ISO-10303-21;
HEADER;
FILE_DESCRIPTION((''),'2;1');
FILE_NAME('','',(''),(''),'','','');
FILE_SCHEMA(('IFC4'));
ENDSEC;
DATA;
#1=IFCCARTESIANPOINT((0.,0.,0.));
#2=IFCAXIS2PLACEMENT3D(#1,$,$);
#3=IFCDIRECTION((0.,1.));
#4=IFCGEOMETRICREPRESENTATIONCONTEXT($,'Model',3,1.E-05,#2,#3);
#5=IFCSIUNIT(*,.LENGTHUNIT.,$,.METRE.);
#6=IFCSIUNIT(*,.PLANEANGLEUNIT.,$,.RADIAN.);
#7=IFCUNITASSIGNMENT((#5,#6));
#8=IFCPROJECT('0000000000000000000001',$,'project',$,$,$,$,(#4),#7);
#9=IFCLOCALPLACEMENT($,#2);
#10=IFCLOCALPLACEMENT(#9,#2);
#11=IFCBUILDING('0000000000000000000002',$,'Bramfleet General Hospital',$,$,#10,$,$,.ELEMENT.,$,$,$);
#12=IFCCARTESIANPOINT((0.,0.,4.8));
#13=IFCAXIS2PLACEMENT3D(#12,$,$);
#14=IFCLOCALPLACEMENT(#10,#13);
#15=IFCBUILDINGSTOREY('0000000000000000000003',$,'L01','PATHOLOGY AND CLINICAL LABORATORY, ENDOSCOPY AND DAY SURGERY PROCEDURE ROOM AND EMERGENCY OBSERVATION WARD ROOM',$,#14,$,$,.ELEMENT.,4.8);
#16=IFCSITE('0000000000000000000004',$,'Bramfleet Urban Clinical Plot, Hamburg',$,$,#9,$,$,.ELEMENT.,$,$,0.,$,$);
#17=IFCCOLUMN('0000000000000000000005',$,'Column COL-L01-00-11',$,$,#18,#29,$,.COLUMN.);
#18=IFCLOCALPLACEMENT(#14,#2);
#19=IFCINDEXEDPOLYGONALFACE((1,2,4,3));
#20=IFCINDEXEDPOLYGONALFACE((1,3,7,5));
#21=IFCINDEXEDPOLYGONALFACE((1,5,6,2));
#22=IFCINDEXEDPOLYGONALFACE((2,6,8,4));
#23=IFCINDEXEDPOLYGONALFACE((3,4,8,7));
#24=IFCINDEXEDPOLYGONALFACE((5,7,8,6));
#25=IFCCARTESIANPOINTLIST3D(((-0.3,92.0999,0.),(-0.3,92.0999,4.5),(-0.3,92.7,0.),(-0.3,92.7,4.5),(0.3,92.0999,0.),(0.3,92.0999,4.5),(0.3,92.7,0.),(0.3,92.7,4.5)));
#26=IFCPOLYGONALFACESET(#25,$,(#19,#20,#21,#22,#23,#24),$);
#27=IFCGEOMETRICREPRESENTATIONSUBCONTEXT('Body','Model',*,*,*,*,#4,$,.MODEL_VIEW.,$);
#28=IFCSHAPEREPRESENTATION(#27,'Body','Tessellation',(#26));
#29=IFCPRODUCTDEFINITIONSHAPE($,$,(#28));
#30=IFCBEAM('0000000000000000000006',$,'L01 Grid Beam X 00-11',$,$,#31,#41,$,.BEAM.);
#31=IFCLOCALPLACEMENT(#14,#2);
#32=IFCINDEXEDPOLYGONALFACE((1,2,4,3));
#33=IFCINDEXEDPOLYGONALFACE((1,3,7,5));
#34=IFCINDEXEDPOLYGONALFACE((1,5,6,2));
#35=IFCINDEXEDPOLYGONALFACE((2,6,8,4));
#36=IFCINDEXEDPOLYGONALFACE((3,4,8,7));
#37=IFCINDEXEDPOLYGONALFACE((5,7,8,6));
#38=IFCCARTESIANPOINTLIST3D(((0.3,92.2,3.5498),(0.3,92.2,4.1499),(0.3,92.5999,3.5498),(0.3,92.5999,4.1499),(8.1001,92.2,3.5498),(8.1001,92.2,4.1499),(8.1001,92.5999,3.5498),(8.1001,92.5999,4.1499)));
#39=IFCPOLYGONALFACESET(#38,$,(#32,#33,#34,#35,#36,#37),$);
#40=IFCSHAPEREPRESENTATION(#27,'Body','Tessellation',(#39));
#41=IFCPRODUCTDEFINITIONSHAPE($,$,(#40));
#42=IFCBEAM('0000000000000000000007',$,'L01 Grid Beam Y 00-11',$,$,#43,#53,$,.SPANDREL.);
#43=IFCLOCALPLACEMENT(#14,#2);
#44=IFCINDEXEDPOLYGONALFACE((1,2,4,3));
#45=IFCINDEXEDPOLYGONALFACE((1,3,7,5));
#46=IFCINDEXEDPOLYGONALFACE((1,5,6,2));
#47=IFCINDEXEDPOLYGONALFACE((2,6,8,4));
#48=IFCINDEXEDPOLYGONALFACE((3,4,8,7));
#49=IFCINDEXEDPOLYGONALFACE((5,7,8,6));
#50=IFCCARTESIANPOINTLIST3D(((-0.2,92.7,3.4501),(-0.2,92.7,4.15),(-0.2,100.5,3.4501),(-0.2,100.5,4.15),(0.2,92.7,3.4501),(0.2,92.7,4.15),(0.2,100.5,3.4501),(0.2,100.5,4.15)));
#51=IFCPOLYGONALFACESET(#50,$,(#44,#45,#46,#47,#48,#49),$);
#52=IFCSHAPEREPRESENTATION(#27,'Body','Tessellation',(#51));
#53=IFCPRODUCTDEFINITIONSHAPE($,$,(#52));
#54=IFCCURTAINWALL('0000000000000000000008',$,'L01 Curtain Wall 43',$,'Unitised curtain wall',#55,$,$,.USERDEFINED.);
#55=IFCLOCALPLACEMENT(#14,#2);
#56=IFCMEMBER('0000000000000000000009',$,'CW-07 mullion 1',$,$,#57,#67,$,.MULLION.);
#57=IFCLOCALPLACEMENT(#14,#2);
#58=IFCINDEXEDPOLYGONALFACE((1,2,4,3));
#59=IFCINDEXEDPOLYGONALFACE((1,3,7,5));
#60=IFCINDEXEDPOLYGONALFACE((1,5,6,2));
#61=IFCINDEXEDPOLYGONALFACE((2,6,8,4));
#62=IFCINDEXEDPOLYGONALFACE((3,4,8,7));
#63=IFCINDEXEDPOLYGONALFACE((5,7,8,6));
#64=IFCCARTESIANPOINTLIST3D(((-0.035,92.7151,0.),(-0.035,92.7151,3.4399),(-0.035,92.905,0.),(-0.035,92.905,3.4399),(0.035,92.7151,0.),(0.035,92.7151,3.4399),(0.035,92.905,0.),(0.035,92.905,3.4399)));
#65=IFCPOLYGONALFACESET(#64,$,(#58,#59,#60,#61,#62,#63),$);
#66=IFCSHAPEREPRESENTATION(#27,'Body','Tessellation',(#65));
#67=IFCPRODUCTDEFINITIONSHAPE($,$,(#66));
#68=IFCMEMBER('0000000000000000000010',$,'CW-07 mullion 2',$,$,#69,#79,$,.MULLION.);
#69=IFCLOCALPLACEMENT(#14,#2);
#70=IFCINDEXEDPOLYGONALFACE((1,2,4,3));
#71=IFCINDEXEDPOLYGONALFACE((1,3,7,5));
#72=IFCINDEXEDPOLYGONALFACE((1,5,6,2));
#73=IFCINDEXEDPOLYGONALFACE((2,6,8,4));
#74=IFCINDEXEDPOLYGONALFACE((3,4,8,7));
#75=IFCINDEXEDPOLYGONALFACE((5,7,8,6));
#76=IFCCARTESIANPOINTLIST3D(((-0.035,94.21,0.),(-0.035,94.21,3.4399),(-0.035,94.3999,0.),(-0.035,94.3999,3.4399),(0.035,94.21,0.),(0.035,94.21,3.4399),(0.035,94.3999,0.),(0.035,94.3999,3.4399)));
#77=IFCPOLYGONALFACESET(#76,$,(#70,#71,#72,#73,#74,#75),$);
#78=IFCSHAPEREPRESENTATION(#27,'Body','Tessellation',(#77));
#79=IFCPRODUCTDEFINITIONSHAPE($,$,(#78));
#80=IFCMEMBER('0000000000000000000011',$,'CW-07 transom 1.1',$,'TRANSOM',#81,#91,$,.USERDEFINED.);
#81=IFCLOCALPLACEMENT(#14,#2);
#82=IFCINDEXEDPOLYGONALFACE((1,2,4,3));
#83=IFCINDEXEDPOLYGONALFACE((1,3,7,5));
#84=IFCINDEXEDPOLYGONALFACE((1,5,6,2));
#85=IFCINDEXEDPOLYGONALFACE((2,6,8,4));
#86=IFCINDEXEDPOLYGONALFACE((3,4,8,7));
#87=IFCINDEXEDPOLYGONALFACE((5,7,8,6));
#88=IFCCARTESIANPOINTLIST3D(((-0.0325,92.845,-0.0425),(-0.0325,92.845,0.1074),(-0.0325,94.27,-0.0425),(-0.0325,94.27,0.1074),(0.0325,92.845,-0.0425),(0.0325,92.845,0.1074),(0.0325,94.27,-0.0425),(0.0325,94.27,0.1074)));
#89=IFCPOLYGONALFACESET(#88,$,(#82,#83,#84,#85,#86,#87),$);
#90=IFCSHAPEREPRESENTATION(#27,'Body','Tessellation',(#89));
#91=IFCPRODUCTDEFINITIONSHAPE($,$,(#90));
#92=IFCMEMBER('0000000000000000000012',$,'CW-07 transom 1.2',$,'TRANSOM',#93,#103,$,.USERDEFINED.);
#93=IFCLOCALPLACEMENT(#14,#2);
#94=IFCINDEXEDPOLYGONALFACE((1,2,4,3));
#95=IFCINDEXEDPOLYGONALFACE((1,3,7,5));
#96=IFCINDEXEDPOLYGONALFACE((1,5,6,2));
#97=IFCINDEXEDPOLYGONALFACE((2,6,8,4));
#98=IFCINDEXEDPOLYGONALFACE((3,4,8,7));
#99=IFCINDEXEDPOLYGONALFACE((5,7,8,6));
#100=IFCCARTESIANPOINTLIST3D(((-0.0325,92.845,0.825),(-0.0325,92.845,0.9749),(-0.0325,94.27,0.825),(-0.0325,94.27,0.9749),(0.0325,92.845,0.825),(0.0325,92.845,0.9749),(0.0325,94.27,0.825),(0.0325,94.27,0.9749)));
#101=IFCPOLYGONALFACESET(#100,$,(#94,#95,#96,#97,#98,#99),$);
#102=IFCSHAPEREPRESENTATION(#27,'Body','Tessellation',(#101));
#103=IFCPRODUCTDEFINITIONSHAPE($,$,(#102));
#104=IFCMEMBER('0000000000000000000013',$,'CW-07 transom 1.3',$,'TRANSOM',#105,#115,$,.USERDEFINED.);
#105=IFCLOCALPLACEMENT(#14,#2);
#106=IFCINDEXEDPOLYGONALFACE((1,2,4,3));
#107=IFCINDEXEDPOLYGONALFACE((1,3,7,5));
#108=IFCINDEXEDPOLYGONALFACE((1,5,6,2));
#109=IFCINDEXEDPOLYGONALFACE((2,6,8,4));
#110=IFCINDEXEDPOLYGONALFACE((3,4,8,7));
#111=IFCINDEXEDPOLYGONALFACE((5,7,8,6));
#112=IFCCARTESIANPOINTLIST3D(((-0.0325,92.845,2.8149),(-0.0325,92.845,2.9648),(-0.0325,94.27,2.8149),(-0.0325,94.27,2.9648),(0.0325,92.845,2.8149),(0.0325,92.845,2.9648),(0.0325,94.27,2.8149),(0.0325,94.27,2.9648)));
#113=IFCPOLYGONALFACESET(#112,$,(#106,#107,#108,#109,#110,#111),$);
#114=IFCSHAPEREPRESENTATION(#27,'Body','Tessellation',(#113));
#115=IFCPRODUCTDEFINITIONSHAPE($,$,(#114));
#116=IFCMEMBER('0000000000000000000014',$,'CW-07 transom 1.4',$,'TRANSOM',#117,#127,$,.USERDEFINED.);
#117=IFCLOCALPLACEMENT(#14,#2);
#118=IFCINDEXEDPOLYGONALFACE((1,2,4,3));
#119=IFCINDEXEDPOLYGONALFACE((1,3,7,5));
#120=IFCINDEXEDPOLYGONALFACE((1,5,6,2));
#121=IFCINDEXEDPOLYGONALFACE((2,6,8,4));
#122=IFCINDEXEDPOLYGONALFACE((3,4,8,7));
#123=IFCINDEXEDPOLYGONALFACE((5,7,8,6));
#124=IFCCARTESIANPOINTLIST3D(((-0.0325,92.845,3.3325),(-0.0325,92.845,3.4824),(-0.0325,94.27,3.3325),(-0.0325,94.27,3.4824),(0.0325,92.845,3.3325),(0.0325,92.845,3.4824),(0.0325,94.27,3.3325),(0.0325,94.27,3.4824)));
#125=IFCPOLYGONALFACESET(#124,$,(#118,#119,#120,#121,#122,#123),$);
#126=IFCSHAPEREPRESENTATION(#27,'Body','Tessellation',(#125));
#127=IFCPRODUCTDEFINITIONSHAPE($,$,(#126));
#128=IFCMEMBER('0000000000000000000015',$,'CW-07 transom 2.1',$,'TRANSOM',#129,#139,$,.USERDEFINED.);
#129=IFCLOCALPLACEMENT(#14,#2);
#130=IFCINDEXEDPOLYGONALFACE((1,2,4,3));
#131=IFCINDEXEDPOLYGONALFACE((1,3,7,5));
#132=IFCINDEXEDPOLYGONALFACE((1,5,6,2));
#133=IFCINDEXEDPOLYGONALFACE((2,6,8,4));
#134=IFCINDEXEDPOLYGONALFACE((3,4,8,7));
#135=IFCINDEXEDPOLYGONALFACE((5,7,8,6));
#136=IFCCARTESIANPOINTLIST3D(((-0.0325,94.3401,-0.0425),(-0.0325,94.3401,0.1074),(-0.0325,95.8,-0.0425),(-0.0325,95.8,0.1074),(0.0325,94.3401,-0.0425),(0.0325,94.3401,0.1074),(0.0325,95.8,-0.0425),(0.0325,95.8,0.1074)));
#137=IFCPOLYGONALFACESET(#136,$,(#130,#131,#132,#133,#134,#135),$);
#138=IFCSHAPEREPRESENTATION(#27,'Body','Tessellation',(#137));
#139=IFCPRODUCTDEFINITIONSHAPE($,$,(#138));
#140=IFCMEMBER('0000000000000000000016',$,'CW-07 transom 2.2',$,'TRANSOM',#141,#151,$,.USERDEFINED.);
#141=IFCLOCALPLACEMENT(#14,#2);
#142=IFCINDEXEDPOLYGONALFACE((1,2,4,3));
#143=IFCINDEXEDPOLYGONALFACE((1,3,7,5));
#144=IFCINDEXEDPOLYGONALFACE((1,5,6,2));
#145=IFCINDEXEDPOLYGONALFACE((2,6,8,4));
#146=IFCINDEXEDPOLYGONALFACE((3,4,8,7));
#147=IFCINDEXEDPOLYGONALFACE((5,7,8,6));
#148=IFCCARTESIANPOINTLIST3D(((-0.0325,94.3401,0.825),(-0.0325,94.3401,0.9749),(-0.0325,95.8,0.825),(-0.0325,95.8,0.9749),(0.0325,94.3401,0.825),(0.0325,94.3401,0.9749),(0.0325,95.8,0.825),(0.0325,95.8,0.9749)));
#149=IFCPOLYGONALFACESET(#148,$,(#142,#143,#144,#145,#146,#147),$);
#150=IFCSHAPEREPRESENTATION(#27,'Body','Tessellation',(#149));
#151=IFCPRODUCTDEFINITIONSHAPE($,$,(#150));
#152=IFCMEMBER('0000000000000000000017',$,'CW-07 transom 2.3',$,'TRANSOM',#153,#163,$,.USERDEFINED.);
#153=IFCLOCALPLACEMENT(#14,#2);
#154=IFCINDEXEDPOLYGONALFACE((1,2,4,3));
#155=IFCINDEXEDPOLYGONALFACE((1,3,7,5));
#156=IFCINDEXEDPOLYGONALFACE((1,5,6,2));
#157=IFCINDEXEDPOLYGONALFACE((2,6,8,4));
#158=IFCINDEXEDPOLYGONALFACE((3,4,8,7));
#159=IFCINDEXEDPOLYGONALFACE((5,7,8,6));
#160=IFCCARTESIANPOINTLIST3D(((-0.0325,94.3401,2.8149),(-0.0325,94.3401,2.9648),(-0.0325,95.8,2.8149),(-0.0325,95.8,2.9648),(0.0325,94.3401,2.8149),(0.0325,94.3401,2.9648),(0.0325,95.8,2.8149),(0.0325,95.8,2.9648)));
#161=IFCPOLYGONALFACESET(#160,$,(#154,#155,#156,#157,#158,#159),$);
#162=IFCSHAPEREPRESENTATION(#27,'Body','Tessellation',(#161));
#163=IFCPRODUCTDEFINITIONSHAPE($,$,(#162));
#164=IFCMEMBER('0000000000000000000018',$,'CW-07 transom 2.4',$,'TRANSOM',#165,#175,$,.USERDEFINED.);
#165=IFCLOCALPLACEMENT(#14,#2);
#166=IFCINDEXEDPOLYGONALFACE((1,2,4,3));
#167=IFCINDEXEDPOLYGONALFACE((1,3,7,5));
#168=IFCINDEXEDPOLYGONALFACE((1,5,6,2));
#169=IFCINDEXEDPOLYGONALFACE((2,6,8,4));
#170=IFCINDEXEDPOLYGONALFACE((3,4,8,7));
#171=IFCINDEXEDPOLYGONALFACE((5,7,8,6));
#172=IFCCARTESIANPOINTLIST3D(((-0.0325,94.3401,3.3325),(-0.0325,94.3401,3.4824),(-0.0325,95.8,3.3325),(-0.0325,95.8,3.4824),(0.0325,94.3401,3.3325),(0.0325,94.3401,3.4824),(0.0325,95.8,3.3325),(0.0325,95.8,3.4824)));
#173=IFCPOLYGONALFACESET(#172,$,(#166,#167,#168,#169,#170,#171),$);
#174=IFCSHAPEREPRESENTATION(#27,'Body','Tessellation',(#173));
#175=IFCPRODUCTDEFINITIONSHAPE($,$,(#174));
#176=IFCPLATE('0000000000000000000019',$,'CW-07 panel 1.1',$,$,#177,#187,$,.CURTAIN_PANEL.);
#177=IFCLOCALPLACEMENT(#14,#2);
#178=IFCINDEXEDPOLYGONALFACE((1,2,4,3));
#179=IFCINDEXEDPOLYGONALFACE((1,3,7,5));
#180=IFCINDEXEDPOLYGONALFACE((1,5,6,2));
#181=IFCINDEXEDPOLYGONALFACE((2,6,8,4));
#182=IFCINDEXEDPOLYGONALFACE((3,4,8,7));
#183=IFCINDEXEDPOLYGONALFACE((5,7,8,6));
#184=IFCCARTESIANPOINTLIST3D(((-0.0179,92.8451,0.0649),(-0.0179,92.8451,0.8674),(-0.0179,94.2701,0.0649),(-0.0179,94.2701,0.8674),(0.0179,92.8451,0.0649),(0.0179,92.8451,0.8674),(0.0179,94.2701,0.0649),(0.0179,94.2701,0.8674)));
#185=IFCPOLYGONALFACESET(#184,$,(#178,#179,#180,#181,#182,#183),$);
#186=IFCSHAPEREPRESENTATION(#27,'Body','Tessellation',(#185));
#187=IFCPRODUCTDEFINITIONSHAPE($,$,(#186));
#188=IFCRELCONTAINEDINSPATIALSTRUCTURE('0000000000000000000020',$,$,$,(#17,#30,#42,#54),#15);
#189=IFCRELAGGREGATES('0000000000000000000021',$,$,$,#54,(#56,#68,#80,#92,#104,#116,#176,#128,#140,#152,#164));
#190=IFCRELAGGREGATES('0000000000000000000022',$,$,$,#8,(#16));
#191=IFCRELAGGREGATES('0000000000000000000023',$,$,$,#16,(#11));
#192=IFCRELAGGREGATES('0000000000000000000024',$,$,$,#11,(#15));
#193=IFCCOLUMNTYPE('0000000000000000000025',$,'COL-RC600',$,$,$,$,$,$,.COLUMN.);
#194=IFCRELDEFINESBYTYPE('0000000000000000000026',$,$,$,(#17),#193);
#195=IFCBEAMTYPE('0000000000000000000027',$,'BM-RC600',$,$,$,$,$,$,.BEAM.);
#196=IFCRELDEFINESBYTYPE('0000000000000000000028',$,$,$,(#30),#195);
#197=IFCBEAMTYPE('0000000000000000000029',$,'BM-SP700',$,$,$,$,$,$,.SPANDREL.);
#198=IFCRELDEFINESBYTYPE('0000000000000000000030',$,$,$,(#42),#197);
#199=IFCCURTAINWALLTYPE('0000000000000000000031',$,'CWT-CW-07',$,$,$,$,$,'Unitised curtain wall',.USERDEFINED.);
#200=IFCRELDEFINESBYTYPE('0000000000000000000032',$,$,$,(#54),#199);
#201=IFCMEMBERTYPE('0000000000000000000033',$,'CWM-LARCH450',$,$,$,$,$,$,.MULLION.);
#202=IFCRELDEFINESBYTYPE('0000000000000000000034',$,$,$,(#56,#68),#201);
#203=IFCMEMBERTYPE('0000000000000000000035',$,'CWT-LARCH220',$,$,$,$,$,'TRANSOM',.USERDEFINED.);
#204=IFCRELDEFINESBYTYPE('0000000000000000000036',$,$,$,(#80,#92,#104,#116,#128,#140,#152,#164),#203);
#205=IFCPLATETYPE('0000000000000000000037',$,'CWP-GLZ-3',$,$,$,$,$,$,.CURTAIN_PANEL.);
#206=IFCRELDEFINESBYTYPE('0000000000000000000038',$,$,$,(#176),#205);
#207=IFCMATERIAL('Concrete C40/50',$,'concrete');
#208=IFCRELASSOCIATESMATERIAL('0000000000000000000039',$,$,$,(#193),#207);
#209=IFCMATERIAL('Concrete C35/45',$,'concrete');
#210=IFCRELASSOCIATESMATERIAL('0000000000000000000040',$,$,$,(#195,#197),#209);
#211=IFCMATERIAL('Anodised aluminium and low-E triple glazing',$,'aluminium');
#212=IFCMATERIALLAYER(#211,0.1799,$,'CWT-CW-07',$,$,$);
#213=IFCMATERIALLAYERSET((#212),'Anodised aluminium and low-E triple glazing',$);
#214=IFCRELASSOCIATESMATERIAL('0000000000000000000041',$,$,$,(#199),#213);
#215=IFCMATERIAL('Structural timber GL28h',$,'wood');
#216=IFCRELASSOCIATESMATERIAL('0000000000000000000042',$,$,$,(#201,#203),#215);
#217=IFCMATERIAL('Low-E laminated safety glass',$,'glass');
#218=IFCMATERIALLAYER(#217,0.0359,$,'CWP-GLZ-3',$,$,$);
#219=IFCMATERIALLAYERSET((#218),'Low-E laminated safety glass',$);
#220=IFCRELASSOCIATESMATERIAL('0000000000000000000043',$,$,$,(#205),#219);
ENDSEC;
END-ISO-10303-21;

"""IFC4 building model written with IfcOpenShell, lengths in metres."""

from ifc_helpers import new_model, si_unit, direction, frame, origin, origin_2d, place, context, subcontext, project, spatial, rectangle, extrude, material, layer, layer_set, material_profile, profile_set, type_object, element, aggregate, save


model = new_model("IFC4")

# Units and contexts
model_context = context("Model", 3, precision=1e-05, world=origin(), true_north=direction((0.0, 1.0)))
body_context = subcontext(model_context, "Body", "Model", "MODEL_VIEW")
ifc_project = project(units=[si_unit("LENGTHUNIT", "METRE"), si_unit("PLANEANGLEUNIT", "RADIAN")], contexts=[model_context])

# Site, building, storey
site_placement = place(None, origin())
site = spatial("IfcSite", under=ifc_project, at=site_placement, Name="Bramfleet Urban Clinical Plot, Hamburg", CompositionType="ELEMENT", RefElevation=0.0)
building_placement = place(site_placement, origin())
building = spatial("IfcBuilding", under=site, at=building_placement, Name="Bramfleet General Hospital", CompositionType="ELEMENT")
storey_placement = place(building_placement, frame((0.0, 0.0, 4.8)))
storey = spatial("IfcBuildingStorey", under=building, at=storey_placement, Name="L01", Description="PATHOLOGY AND CLINICAL LABORATORY, ENDOSCOPY AND DAY SURGERY PROCEDURE ROOM AND EMERGENCY OBSERVATION WARD ROOM", CompositionType="ELEMENT", Elevation=4.8)

# Column
ifc_material_1 = material(Name="Concrete C40/50", Category="concrete")
ifc_material_profile_1 = material_profile(ifc_material_1, rectangle(XDim=0.6001, YDim=0.6001, at=origin_2d()), Name="RC COL 600x600")
ifc_profile_set_1 = profile_set([ifc_material_profile_1], Name="Concrete C40/50")
column_type = type_object("IfcColumnType", Name="COL-RC600", PredefinedType="COLUMN", material=ifc_profile_set_1)
column_placement = place(storey_placement, frame((0.0, 92.3999, 0.0), z_axis=(0.0, 0.0, 1.0), x_axis=(1.0, 0.0, 0.0)))
element("IfcColumn", 1, at=column_placement, inside=storey, type_object=column_type, Name="Column COL-L01-00-11", PredefinedType="COLUMN", context=body_context, shape_type="SweptSolid", body=[
    extrude(rectangle(XDim=0.6001, YDim=0.6001, at=origin_2d()), origin(), (0.0, 0.0, 1.0), 4.5),
])

# Beams
ifc_material_2 = material(Name="Concrete C35/45", Category="concrete")
ifc_material_profile_2 = material_profile(ifc_material_2, rectangle(XDim=0.3999, YDim=0.6001, at=origin_2d()), Name="RC BM 600x400")
ifc_profile_set_2 = profile_set([ifc_material_profile_2], Name="Concrete C35/45")
beam_type_1 = type_object("IfcBeamType", Name="BM-RC600", PredefinedType="BEAM", material=ifc_profile_set_2)
beam_1_placement = place(storey_placement, frame((0.3, 92.3999, 3.8499), z_axis=(1.0, 0.0, 0.0), x_axis=(0.0, 1.0, 0.0)))
element("IfcBeam", 2, at=beam_1_placement, inside=storey, type_object=beam_type_1, Name="L01 Grid Beam X 00-11", PredefinedType="BEAM", context=body_context, shape_type="SweptSolid", body=[
    extrude(rectangle(XDim=0.3999, YDim=0.6001, at=origin_2d()), origin(), (0.0, 0.0, 1.0), 7.8),
])
ifc_material_profile_3 = material_profile(ifc_material_2, rectangle(XDim=0.3999, YDim=0.7, at=origin_2d()), Name="RC SP 700x400")
ifc_profile_set_3 = profile_set([ifc_material_profile_3], Name="Concrete C35/45")
beam_type_2 = type_object("IfcBeamType", Name="BM-SP700", PredefinedType="SPANDREL", material=ifc_profile_set_3)
beam_2_placement = place(storey_placement, frame((0.0, 92.7, 3.8), z_axis=(0.0, 1.0, 0.0), x_axis=(-1.0, 0.0, 0.0)))
element("IfcBeam", 3, at=beam_2_placement, inside=storey, type_object=beam_type_2, Name="L01 Grid Beam Y 00-11", PredefinedType="SPANDREL", context=body_context, shape_type="SweptSolid", body=[
    extrude(rectangle(XDim=0.3999, YDim=0.7, at=origin_2d()), origin(), (0.0, 0.0, 1.0), 7.8),
])

# Curtain wall, members, plate
ifc_material_3 = material(Name="Anodised aluminium and low-E triple glazing", Category="aluminium")
ifc_layer_1 = layer(ifc_material_3, 0.1799, Name="CWT-CW-07")
ifc_layer_set_1 = layer_set([ifc_layer_1], Name="Anodised aluminium and low-E triple glazing")
curtain_wall_type = type_object("IfcCurtainWallType", Name="CWT-CW-07", ElementType="Unitised curtain wall", PredefinedType="USERDEFINED", material=ifc_layer_set_1)
curtain_wall_placement = place(storey_placement, origin())
curtain_wall = element("IfcCurtainWall", 4, at=curtain_wall_placement, inside=storey, type_object=curtain_wall_type, Name="L01 Curtain Wall 43", ObjectType="Unitised curtain wall", PredefinedType="USERDEFINED")
ifc_material_4 = material(Name="Structural timber GL28h", Category="wood")
ifc_material_profile_4 = material_profile(ifc_material_4, rectangle(XDim=0.0701, YDim=0.1899, at=origin_2d()), Name="LARCH 190x70")
ifc_profile_set_4 = profile_set([ifc_material_profile_4], Name="Structural timber GL28h")
member_type_1 = type_object("IfcMemberType", Name="CWM-LARCH450", PredefinedType="MULLION", material=ifc_profile_set_4)
member_1_placement = place(storey_placement, frame((0.0, 92.8101, 0.0), z_axis=(0.0, 0.0, 1.0), x_axis=(-1.0, 0.0, 0.0)))
member_1 = element("IfcMember", 5, at=member_1_placement, type_object=member_type_1, Name="CW-07 mullion 1", PredefinedType="MULLION", context=body_context, shape_type="SweptSolid", body=[
    extrude(rectangle(XDim=0.0701, YDim=0.1899, at=origin_2d()), origin(), (0.0, 0.0, 1.0), 3.4399),
])
member_2_placement = place(storey_placement, frame((0.0, 94.3049, 0.0), z_axis=(0.0, 0.0, 1.0), x_axis=(-1.0, 0.0, 0.0)))
member_2 = element("IfcMember", 6, at=member_2_placement, type_object=member_type_1, Name="CW-07 mullion 2", PredefinedType="MULLION", context=body_context, shape_type="SweptSolid", body=[
    extrude(rectangle(XDim=0.0701, YDim=0.1899, at=origin_2d()), origin(), (0.0, 0.0, 1.0), 3.4399),
])
ifc_material_profile_5 = material_profile(ifc_material_4, rectangle(XDim=0.0649, YDim=0.1499, at=origin_2d()), Name="LARCH 150x65")
ifc_profile_set_5 = profile_set([ifc_material_profile_5], Name="Structural timber GL28h")
member_type_2 = type_object("IfcMemberType", Name="CWT-LARCH220", ElementType="TRANSOM", PredefinedType="USERDEFINED", material=ifc_profile_set_5)
member_3_placement = place(storey_placement, frame((0.0, 92.845, 0.0325), z_axis=(0.0, 1.0, 0.0), x_axis=(-1.0, 0.0, 0.0)))
member_3 = element("IfcMember", 7, at=member_3_placement, type_object=member_type_2, Name="CW-07 transom 1.1", ObjectType="TRANSOM", PredefinedType="USERDEFINED", context=body_context, shape_type="SweptSolid", body=[
    extrude(rectangle(XDim=0.0649, YDim=0.1499, at=origin_2d()), origin(), (0.0, 0.0, 1.0), 1.425),
])
member_4_placement = place(storey_placement, frame((0.0, 92.845, 0.8999), z_axis=(0.0, 1.0, 0.0), x_axis=(-1.0, 0.0, 0.0)))
member_4 = element("IfcMember", 8, at=member_4_placement, type_object=member_type_2, Name="CW-07 transom 1.2", ObjectType="TRANSOM", PredefinedType="USERDEFINED", context=body_context, shape_type="SweptSolid", body=[
    extrude(rectangle(XDim=0.0649, YDim=0.1499, at=origin_2d()), origin(), (0.0, 0.0, 1.0), 1.425),
])
member_5_placement = place(storey_placement, frame((0.0, 92.845, 2.8899), z_axis=(0.0, 1.0, 0.0), x_axis=(-1.0, 0.0, 0.0)))
member_5 = element("IfcMember", 9, at=member_5_placement, type_object=member_type_2, Name="CW-07 transom 1.3", ObjectType="TRANSOM", PredefinedType="USERDEFINED", context=body_context, shape_type="SweptSolid", body=[
    extrude(rectangle(XDim=0.0649, YDim=0.1499, at=origin_2d()), origin(), (0.0, 0.0, 1.0), 1.425),
])
member_6_placement = place(storey_placement, frame((0.0, 92.845, 3.4075), z_axis=(0.0, 1.0, 0.0), x_axis=(-1.0, 0.0, 0.0)))
member_6 = element("IfcMember", 10, at=member_6_placement, type_object=member_type_2, Name="CW-07 transom 1.4", ObjectType="TRANSOM", PredefinedType="USERDEFINED", context=body_context, shape_type="SweptSolid", body=[
    extrude(rectangle(XDim=0.0649, YDim=0.1499, at=origin_2d()), origin(), (0.0, 0.0, 1.0), 1.425),
])
member_7_placement = place(storey_placement, frame((0.0, 94.3401, 0.0325), z_axis=(0.0, 1.0, 0.0), x_axis=(-1.0, 0.0, 0.0)))
member_7 = element("IfcMember", 11, at=member_7_placement, type_object=member_type_2, Name="CW-07 transom 2.1", ObjectType="TRANSOM", PredefinedType="USERDEFINED", context=body_context, shape_type="SweptSolid", body=[
    extrude(rectangle(XDim=0.0649, YDim=0.1499, at=origin_2d()), origin(), (0.0, 0.0, 1.0), 1.46),
])
member_8_placement = place(storey_placement, frame((0.0, 94.3401, 0.8999), z_axis=(0.0, 1.0, 0.0), x_axis=(-1.0, 0.0, 0.0)))
member_8 = element("IfcMember", 12, at=member_8_placement, type_object=member_type_2, Name="CW-07 transom 2.2", ObjectType="TRANSOM", PredefinedType="USERDEFINED", context=body_context, shape_type="SweptSolid", body=[
    extrude(rectangle(XDim=0.0649, YDim=0.1499, at=origin_2d()), origin(), (0.0, 0.0, 1.0), 1.46),
])
member_9_placement = place(storey_placement, frame((0.0, 94.3401, 2.8899), z_axis=(0.0, 1.0, 0.0), x_axis=(-1.0, 0.0, 0.0)))
member_9 = element("IfcMember", 13, at=member_9_placement, type_object=member_type_2, Name="CW-07 transom 2.3", ObjectType="TRANSOM", PredefinedType="USERDEFINED", context=body_context, shape_type="SweptSolid", body=[
    extrude(rectangle(XDim=0.0649, YDim=0.1499, at=origin_2d()), origin(), (0.0, 0.0, 1.0), 1.46),
])
member_10_placement = place(storey_placement, frame((0.0, 94.3401, 3.4075), z_axis=(0.0, 1.0, 0.0), x_axis=(-1.0, 0.0, 0.0)))
member_10 = element("IfcMember", 14, at=member_10_placement, type_object=member_type_2, Name="CW-07 transom 2.4", ObjectType="TRANSOM", PredefinedType="USERDEFINED", context=body_context, shape_type="SweptSolid", body=[
    extrude(rectangle(XDim=0.0649, YDim=0.1499, at=origin_2d()), origin(), (0.0, 0.0, 1.0), 1.46),
])
ifc_material_5 = material(Name="Low-E laminated safety glass", Category="glass")
ifc_layer_2 = layer(ifc_material_5, 0.0359, Name="CWP-GLZ-3")
ifc_layer_set_2 = layer_set([ifc_layer_2], Name="Low-E laminated safety glass")
plate_type = type_object("IfcPlateType", Name="CWP-GLZ-3", PredefinedType="CURTAIN_PANEL", material=ifc_layer_set_2)
plate_1_placement = place(storey_placement, frame((0.0, 93.5576, 0.0649), z_axis=(0.0, 0.0, 1.0), x_axis=(0.0, 1.0, 0.0)))
plate_1 = element("IfcPlate", 15, at=plate_1_placement, type_object=plate_type, Name="CW-07 panel 1.1", PredefinedType="CURTAIN_PANEL", context=body_context, shape_type="SweptSolid", body=[
    extrude(rectangle(XDim=1.425, YDim=0.0359, at=origin_2d()), origin(), (0.0, 0.0, 1.0), 0.8025),
])
aggregate(curtain_wall, [member_1, member_2, member_3, member_4, member_5, member_6, plate_1, member_7, member_8, member_9, member_10])

save(model, "model.ifc")
